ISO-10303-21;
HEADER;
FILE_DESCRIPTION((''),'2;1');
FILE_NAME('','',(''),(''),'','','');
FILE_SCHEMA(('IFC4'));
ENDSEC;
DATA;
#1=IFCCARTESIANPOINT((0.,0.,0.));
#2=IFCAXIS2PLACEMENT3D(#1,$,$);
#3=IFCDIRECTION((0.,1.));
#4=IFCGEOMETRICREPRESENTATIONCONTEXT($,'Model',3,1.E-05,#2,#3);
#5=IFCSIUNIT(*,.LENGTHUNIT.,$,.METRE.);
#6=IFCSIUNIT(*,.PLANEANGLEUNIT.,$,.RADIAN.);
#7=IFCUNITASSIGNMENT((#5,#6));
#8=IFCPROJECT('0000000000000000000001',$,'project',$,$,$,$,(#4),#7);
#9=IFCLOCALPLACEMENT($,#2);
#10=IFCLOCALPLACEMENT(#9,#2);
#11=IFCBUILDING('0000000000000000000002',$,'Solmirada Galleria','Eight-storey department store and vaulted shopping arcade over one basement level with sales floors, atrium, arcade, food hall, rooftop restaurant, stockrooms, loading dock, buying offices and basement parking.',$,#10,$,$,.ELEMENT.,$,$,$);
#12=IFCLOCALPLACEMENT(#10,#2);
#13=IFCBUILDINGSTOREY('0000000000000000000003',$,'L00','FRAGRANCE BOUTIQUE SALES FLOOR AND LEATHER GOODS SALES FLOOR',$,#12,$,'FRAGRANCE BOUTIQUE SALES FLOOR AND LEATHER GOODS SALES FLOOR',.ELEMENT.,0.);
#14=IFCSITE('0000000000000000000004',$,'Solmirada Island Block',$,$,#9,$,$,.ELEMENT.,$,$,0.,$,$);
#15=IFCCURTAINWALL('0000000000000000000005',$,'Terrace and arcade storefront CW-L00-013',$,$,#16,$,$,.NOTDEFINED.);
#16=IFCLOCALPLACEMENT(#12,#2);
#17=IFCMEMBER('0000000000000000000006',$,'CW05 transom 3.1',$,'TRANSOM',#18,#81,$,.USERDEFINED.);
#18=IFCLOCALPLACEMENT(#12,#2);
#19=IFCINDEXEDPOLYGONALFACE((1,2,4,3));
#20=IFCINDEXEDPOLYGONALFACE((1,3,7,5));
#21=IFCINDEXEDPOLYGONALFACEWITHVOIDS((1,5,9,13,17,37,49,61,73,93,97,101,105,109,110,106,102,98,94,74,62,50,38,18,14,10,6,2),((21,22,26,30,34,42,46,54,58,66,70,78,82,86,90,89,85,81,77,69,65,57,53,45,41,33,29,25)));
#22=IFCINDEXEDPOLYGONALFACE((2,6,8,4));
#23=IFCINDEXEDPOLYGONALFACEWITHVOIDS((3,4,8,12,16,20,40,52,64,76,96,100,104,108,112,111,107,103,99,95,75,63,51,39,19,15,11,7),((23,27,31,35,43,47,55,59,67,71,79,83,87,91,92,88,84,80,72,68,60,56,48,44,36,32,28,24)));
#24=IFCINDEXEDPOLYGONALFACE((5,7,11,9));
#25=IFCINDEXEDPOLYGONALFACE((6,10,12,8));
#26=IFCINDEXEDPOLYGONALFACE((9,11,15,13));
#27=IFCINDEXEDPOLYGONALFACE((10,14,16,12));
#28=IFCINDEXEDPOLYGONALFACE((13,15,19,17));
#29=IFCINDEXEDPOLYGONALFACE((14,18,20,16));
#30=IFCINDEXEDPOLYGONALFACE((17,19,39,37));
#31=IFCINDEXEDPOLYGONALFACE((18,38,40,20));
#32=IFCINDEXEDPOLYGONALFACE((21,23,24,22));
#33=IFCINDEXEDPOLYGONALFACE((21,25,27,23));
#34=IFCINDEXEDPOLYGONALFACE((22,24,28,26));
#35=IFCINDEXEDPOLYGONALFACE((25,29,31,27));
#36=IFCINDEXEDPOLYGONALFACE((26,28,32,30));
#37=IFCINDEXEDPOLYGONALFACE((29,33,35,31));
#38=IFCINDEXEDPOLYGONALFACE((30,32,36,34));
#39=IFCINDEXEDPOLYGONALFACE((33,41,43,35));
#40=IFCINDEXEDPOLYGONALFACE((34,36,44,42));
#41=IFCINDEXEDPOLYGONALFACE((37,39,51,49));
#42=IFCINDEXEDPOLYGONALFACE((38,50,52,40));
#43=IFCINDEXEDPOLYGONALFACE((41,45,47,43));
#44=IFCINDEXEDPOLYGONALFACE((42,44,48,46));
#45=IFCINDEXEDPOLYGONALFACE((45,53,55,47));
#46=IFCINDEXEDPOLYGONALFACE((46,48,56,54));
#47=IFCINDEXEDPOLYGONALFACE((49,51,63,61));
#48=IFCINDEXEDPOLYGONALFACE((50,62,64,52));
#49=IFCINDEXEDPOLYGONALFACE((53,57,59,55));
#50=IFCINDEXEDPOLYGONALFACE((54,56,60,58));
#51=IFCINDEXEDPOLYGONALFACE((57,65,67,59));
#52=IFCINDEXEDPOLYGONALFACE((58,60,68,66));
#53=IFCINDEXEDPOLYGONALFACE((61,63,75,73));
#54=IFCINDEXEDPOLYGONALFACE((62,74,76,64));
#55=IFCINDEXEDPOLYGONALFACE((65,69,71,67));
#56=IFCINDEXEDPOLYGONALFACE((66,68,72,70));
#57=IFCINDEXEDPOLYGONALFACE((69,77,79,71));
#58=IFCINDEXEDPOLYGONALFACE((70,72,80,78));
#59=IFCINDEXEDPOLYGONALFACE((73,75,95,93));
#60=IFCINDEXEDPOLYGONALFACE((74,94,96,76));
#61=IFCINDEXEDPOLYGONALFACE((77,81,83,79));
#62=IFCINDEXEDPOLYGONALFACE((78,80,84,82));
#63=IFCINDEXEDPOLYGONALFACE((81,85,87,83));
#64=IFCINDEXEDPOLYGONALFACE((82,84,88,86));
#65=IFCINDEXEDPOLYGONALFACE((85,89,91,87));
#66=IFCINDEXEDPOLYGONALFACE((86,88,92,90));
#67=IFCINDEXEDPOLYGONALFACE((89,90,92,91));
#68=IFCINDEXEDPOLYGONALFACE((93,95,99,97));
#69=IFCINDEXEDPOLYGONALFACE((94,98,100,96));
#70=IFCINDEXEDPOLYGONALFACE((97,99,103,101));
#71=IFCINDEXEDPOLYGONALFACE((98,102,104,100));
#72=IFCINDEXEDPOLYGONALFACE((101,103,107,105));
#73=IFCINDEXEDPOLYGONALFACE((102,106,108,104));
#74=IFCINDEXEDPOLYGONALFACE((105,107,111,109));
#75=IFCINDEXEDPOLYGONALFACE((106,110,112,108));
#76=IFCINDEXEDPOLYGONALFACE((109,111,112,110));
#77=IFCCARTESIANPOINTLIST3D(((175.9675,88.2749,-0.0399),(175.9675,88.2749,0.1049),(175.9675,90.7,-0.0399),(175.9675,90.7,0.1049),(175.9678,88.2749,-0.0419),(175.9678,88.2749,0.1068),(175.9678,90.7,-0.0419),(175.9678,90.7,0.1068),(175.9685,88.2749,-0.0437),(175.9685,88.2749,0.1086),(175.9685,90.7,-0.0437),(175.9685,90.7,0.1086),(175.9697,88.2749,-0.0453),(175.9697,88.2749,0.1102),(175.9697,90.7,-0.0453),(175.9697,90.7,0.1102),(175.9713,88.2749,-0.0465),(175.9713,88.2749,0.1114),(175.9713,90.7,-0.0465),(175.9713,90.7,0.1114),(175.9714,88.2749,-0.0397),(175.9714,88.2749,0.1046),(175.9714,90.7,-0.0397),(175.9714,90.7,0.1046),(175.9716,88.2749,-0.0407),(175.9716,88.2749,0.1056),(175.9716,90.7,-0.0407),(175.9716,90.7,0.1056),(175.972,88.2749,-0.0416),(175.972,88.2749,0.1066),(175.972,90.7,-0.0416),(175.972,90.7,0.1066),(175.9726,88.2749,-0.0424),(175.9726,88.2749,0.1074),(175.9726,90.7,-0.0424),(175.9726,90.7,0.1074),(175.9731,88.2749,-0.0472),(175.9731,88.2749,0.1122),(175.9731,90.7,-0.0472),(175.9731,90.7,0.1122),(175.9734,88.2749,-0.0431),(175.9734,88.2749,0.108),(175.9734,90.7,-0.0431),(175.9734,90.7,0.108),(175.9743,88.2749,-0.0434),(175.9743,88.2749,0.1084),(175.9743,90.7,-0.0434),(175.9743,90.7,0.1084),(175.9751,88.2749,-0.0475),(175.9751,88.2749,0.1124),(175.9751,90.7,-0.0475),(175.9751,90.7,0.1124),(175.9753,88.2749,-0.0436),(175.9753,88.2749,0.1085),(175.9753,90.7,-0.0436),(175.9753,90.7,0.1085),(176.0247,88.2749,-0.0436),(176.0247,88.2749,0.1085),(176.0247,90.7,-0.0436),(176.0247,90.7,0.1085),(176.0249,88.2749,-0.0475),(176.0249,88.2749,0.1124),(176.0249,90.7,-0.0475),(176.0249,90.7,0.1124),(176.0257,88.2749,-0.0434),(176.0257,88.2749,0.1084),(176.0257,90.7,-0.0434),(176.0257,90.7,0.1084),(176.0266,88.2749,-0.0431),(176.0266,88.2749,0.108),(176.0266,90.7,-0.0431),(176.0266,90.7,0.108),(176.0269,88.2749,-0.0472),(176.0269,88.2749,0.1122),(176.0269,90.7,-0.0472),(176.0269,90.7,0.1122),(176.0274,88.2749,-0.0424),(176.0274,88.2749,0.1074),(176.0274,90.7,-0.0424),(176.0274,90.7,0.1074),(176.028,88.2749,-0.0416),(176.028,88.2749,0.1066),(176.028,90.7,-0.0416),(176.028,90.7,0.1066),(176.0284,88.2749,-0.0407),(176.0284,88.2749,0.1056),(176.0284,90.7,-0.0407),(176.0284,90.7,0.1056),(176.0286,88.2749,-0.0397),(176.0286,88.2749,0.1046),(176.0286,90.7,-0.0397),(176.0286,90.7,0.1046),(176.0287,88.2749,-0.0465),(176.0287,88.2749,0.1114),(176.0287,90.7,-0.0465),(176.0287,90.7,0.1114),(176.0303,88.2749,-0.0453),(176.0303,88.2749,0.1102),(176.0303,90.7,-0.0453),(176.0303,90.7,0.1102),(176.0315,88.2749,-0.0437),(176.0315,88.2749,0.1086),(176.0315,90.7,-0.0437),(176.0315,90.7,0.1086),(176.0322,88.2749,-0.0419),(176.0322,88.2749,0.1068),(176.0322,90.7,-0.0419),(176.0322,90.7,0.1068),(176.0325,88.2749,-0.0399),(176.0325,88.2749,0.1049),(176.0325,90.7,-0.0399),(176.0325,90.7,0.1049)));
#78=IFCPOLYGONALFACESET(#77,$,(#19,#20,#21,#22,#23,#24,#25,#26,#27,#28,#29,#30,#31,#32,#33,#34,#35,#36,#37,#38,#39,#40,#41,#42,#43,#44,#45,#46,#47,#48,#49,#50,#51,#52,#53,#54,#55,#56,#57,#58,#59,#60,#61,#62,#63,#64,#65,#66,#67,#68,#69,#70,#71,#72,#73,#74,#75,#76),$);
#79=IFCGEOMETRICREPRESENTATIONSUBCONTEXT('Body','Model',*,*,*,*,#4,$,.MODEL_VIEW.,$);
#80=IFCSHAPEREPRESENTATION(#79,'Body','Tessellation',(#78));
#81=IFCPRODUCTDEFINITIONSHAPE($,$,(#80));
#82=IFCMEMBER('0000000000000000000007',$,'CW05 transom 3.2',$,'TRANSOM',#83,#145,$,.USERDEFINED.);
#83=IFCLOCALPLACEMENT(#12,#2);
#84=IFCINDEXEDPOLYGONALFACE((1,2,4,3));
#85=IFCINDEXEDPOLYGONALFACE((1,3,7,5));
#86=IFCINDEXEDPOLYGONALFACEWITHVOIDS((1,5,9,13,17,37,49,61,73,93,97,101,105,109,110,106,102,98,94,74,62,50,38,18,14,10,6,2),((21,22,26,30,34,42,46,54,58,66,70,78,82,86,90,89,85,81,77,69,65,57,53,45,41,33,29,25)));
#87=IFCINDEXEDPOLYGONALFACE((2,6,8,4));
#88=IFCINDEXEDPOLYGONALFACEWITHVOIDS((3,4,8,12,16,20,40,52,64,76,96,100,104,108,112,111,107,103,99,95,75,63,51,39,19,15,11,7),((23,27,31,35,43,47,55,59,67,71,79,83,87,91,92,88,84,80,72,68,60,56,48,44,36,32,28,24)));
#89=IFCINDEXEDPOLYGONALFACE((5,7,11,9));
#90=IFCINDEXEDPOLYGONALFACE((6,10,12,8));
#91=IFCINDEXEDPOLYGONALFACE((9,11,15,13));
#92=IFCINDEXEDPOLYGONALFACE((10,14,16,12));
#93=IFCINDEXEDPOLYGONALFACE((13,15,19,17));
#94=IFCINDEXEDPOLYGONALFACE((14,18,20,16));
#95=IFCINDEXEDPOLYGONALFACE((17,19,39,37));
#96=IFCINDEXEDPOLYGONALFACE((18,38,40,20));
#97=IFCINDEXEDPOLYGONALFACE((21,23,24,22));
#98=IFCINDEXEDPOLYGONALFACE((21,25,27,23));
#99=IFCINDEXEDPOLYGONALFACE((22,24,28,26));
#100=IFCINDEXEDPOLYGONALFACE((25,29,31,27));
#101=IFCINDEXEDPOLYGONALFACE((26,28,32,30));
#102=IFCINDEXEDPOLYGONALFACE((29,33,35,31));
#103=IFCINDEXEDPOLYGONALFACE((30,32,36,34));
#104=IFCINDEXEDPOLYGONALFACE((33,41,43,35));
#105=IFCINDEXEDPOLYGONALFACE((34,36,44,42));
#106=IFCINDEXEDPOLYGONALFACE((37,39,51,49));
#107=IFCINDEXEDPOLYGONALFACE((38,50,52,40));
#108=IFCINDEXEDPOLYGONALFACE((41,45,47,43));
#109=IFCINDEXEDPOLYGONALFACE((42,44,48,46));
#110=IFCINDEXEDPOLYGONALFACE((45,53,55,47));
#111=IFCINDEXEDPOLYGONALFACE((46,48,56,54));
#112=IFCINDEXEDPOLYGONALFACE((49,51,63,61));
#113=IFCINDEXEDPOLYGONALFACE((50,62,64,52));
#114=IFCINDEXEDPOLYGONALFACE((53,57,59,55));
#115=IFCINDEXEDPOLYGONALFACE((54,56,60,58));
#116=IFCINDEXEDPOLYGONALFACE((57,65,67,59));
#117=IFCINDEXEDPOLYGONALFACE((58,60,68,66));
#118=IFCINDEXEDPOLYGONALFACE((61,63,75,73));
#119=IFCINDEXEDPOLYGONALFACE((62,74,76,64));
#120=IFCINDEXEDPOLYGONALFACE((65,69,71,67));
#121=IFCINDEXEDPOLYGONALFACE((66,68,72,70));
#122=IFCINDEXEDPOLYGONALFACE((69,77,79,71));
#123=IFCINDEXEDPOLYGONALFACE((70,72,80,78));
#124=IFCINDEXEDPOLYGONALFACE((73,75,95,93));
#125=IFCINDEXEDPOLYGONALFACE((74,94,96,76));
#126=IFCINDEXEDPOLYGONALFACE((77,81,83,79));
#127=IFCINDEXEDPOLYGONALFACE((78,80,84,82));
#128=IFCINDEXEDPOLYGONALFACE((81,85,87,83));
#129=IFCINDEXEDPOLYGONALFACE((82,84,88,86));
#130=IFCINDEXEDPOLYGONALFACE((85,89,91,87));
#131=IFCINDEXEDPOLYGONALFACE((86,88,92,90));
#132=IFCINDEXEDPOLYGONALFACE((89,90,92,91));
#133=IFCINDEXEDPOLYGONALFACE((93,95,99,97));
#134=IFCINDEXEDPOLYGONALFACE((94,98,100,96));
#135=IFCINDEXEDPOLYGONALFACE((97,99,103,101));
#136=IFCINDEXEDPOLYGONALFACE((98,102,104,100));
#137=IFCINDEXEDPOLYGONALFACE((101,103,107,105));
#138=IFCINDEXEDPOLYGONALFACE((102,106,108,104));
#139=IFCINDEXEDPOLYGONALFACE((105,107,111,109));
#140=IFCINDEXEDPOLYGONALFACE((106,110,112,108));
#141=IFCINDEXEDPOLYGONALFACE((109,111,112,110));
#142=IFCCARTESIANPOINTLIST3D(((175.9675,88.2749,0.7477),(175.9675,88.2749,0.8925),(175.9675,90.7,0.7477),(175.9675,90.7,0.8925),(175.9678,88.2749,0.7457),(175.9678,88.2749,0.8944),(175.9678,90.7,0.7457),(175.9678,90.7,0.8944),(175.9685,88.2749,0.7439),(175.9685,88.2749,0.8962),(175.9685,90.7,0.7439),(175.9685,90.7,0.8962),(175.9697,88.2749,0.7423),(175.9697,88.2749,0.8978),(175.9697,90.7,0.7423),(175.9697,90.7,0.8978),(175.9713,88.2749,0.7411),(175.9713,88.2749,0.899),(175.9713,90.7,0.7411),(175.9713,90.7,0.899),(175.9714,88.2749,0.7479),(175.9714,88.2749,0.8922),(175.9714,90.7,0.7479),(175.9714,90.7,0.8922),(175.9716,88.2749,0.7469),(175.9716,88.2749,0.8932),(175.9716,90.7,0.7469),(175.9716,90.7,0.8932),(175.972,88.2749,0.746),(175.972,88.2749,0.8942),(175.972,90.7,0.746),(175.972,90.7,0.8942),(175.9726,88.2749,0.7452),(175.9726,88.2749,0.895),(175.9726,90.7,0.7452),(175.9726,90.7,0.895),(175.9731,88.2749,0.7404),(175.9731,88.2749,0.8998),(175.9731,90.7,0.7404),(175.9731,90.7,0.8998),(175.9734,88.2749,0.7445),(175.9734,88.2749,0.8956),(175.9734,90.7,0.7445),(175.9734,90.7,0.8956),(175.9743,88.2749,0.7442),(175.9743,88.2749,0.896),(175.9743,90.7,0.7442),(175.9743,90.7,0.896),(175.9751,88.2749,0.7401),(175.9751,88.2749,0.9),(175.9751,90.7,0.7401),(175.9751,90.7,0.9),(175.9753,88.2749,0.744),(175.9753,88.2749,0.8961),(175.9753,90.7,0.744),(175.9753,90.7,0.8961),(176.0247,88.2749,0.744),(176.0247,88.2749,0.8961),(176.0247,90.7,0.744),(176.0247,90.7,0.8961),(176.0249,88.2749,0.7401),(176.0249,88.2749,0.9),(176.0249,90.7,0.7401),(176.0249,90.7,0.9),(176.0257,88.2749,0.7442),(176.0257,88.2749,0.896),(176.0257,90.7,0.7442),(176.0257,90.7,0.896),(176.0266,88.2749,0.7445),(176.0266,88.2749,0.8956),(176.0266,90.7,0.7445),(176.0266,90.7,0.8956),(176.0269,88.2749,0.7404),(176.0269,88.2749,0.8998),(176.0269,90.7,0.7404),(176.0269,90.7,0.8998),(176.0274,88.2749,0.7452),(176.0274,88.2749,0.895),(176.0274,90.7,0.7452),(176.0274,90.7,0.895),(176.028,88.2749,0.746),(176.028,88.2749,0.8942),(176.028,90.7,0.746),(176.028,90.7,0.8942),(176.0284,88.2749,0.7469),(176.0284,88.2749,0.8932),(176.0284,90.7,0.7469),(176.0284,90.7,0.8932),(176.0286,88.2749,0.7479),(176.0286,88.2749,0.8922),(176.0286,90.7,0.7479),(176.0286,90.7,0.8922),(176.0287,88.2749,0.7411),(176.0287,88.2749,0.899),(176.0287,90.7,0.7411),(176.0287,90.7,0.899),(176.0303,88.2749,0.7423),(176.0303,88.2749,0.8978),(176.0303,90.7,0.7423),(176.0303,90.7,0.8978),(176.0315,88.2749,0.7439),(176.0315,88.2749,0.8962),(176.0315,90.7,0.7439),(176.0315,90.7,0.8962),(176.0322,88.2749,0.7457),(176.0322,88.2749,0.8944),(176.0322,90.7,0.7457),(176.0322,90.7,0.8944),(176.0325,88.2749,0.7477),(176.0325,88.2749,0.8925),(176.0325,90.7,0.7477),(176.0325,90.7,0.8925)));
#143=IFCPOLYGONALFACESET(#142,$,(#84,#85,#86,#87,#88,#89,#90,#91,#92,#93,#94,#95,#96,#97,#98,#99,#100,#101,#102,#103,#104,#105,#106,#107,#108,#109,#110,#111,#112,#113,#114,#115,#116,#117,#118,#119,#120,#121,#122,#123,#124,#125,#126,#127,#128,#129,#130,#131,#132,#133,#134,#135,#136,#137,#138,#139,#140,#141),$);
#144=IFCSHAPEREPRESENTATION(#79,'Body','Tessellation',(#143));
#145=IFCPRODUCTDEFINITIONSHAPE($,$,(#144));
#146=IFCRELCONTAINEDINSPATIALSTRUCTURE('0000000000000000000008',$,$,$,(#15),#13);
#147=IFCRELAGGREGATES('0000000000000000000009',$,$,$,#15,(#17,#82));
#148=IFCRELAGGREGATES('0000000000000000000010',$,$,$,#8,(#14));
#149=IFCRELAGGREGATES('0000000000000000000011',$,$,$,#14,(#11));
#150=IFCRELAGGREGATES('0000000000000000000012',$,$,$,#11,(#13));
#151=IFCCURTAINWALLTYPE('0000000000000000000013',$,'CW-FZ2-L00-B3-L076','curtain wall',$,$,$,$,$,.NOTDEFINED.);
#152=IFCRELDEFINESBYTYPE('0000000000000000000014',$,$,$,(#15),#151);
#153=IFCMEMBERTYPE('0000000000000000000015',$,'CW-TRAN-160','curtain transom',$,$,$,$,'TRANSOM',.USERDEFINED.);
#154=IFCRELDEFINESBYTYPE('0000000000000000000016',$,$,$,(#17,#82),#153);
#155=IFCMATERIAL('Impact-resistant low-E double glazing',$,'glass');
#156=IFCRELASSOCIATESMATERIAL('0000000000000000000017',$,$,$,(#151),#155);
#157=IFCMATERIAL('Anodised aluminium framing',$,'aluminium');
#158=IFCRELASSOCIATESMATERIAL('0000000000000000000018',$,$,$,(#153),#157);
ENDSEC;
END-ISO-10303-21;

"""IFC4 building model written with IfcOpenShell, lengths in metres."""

from ifc_helpers import new_model, si_unit, direction, frame, origin, origin_2d, place, context, subcontext, project, spatial, hollow_rectangle, extrude, material, material_profile, profile_set, type_object, element, aggregate, save


model = new_model("IFC4")

# Units and contexts
model_context = context("Model", 3, precision=1e-05, world=origin(), true_north=direction((0.0, 1.0)))
body_context = subcontext(model_context, "Body", "Model", "MODEL_VIEW")
ifc_project = project(units=[si_unit("LENGTHUNIT", "METRE"), si_unit("PLANEANGLEUNIT", "RADIAN")], contexts=[model_context])

# Site, building, storey
site_placement = place(None, origin())
site = spatial("IfcSite", under=ifc_project, at=site_placement, Name="Solmirada Island Block", CompositionType="ELEMENT", RefElevation=0.0)
building_placement = place(site_placement, origin())
building = spatial("IfcBuilding", under=site, at=building_placement, Name="Solmirada Galleria", Description="Eight-storey department store and vaulted shopping arcade over one basement level with sales floors, atrium, arcade, food hall, rooftop restaurant, stockrooms, loading dock, buying offices and basement parking.", CompositionType="ELEMENT")
storey_placement = place(building_placement, origin())
storey = spatial("IfcBuildingStorey", under=building, at=storey_placement, Name="L00", Description="FRAGRANCE BOUTIQUE SALES FLOOR AND LEATHER GOODS SALES FLOOR", LongName="FRAGRANCE BOUTIQUE SALES FLOOR AND LEATHER GOODS SALES FLOOR", CompositionType="ELEMENT", Elevation=0.0)

# Curtain wall, members
ifc_material_1 = material(Name="Impact-resistant low-E double glazing", Category="glass")
curtain_wall_type = type_object("IfcCurtainWallType", Name="CW-FZ2-L00-B3-L076", Description="curtain wall", PredefinedType="NOTDEFINED", material=ifc_material_1)
curtain_wall_placement = place(storey_placement, origin())
curtain_wall = element("IfcCurtainWall", 1, at=curtain_wall_placement, inside=storey, type_object=curtain_wall_type, Name="Terrace and arcade storefront CW-L00-013", PredefinedType="NOTDEFINED")
ifc_material_2 = material(Name="Anodised aluminium framing", Category="aluminium")
ifc_material_profile_1 = material_profile(ifc_material_2, hollow_rectangle(XDim=0.0649, YDim=0.1599, WallThickness=0.0039, InnerFilletRadius=0.0039, OuterFilletRadius=0.0076, at=origin_2d()), Name="ALU-TRAN-160X65")
ifc_profile_set_1 = profile_set([ifc_material_profile_1], Name="Anodised aluminium framing")
member_type_1 = type_object("IfcMemberType", Name="CW-TRAN-160", Description="curtain transom", ElementType="TRANSOM", PredefinedType="USERDEFINED", material=ifc_profile_set_1)
member_1_placement = place(storey_placement, frame((176.0, 90.7, 0.0325), z_axis=(0.0, -1.0, 0.0), x_axis=(1.0, 0.0, 0.0)))
member_1 = element("IfcMember", 2, at=member_1_placement, type_object=member_type_1, Name="CW05 transom 3.1", ObjectType="TRANSOM", PredefinedType="USERDEFINED", context=body_context, shape_type="SweptSolid", body=[
    extrude(hollow_rectangle(XDim=0.0649, YDim=0.1599, WallThickness=0.0039, InnerFilletRadius=0.0039, OuterFilletRadius=0.0076, at=origin_2d()), origin(), (0.0, 0.0, 1.0), 2.425),
])
member_2_placement = place(storey_placement, frame((176.0, 90.7, 0.8201), z_axis=(0.0, -1.0, 0.0), x_axis=(1.0, 0.0, 0.0)))
member_2 = element("IfcMember", 3, at=member_2_placement, type_object=member_type_1, Name="CW05 transom 3.2", ObjectType="TRANSOM", PredefinedType="USERDEFINED", context=body_context, shape_type="SweptSolid", body=[
    extrude(hollow_rectangle(XDim=0.0649, YDim=0.1599, WallThickness=0.0039, InnerFilletRadius=0.0039, OuterFilletRadius=0.0076, at=origin_2d()), origin(), (0.0, 0.0, 1.0), 2.425),
])
aggregate(curtain_wall, [member_1, member_2])

save(model, "model.ifc")
